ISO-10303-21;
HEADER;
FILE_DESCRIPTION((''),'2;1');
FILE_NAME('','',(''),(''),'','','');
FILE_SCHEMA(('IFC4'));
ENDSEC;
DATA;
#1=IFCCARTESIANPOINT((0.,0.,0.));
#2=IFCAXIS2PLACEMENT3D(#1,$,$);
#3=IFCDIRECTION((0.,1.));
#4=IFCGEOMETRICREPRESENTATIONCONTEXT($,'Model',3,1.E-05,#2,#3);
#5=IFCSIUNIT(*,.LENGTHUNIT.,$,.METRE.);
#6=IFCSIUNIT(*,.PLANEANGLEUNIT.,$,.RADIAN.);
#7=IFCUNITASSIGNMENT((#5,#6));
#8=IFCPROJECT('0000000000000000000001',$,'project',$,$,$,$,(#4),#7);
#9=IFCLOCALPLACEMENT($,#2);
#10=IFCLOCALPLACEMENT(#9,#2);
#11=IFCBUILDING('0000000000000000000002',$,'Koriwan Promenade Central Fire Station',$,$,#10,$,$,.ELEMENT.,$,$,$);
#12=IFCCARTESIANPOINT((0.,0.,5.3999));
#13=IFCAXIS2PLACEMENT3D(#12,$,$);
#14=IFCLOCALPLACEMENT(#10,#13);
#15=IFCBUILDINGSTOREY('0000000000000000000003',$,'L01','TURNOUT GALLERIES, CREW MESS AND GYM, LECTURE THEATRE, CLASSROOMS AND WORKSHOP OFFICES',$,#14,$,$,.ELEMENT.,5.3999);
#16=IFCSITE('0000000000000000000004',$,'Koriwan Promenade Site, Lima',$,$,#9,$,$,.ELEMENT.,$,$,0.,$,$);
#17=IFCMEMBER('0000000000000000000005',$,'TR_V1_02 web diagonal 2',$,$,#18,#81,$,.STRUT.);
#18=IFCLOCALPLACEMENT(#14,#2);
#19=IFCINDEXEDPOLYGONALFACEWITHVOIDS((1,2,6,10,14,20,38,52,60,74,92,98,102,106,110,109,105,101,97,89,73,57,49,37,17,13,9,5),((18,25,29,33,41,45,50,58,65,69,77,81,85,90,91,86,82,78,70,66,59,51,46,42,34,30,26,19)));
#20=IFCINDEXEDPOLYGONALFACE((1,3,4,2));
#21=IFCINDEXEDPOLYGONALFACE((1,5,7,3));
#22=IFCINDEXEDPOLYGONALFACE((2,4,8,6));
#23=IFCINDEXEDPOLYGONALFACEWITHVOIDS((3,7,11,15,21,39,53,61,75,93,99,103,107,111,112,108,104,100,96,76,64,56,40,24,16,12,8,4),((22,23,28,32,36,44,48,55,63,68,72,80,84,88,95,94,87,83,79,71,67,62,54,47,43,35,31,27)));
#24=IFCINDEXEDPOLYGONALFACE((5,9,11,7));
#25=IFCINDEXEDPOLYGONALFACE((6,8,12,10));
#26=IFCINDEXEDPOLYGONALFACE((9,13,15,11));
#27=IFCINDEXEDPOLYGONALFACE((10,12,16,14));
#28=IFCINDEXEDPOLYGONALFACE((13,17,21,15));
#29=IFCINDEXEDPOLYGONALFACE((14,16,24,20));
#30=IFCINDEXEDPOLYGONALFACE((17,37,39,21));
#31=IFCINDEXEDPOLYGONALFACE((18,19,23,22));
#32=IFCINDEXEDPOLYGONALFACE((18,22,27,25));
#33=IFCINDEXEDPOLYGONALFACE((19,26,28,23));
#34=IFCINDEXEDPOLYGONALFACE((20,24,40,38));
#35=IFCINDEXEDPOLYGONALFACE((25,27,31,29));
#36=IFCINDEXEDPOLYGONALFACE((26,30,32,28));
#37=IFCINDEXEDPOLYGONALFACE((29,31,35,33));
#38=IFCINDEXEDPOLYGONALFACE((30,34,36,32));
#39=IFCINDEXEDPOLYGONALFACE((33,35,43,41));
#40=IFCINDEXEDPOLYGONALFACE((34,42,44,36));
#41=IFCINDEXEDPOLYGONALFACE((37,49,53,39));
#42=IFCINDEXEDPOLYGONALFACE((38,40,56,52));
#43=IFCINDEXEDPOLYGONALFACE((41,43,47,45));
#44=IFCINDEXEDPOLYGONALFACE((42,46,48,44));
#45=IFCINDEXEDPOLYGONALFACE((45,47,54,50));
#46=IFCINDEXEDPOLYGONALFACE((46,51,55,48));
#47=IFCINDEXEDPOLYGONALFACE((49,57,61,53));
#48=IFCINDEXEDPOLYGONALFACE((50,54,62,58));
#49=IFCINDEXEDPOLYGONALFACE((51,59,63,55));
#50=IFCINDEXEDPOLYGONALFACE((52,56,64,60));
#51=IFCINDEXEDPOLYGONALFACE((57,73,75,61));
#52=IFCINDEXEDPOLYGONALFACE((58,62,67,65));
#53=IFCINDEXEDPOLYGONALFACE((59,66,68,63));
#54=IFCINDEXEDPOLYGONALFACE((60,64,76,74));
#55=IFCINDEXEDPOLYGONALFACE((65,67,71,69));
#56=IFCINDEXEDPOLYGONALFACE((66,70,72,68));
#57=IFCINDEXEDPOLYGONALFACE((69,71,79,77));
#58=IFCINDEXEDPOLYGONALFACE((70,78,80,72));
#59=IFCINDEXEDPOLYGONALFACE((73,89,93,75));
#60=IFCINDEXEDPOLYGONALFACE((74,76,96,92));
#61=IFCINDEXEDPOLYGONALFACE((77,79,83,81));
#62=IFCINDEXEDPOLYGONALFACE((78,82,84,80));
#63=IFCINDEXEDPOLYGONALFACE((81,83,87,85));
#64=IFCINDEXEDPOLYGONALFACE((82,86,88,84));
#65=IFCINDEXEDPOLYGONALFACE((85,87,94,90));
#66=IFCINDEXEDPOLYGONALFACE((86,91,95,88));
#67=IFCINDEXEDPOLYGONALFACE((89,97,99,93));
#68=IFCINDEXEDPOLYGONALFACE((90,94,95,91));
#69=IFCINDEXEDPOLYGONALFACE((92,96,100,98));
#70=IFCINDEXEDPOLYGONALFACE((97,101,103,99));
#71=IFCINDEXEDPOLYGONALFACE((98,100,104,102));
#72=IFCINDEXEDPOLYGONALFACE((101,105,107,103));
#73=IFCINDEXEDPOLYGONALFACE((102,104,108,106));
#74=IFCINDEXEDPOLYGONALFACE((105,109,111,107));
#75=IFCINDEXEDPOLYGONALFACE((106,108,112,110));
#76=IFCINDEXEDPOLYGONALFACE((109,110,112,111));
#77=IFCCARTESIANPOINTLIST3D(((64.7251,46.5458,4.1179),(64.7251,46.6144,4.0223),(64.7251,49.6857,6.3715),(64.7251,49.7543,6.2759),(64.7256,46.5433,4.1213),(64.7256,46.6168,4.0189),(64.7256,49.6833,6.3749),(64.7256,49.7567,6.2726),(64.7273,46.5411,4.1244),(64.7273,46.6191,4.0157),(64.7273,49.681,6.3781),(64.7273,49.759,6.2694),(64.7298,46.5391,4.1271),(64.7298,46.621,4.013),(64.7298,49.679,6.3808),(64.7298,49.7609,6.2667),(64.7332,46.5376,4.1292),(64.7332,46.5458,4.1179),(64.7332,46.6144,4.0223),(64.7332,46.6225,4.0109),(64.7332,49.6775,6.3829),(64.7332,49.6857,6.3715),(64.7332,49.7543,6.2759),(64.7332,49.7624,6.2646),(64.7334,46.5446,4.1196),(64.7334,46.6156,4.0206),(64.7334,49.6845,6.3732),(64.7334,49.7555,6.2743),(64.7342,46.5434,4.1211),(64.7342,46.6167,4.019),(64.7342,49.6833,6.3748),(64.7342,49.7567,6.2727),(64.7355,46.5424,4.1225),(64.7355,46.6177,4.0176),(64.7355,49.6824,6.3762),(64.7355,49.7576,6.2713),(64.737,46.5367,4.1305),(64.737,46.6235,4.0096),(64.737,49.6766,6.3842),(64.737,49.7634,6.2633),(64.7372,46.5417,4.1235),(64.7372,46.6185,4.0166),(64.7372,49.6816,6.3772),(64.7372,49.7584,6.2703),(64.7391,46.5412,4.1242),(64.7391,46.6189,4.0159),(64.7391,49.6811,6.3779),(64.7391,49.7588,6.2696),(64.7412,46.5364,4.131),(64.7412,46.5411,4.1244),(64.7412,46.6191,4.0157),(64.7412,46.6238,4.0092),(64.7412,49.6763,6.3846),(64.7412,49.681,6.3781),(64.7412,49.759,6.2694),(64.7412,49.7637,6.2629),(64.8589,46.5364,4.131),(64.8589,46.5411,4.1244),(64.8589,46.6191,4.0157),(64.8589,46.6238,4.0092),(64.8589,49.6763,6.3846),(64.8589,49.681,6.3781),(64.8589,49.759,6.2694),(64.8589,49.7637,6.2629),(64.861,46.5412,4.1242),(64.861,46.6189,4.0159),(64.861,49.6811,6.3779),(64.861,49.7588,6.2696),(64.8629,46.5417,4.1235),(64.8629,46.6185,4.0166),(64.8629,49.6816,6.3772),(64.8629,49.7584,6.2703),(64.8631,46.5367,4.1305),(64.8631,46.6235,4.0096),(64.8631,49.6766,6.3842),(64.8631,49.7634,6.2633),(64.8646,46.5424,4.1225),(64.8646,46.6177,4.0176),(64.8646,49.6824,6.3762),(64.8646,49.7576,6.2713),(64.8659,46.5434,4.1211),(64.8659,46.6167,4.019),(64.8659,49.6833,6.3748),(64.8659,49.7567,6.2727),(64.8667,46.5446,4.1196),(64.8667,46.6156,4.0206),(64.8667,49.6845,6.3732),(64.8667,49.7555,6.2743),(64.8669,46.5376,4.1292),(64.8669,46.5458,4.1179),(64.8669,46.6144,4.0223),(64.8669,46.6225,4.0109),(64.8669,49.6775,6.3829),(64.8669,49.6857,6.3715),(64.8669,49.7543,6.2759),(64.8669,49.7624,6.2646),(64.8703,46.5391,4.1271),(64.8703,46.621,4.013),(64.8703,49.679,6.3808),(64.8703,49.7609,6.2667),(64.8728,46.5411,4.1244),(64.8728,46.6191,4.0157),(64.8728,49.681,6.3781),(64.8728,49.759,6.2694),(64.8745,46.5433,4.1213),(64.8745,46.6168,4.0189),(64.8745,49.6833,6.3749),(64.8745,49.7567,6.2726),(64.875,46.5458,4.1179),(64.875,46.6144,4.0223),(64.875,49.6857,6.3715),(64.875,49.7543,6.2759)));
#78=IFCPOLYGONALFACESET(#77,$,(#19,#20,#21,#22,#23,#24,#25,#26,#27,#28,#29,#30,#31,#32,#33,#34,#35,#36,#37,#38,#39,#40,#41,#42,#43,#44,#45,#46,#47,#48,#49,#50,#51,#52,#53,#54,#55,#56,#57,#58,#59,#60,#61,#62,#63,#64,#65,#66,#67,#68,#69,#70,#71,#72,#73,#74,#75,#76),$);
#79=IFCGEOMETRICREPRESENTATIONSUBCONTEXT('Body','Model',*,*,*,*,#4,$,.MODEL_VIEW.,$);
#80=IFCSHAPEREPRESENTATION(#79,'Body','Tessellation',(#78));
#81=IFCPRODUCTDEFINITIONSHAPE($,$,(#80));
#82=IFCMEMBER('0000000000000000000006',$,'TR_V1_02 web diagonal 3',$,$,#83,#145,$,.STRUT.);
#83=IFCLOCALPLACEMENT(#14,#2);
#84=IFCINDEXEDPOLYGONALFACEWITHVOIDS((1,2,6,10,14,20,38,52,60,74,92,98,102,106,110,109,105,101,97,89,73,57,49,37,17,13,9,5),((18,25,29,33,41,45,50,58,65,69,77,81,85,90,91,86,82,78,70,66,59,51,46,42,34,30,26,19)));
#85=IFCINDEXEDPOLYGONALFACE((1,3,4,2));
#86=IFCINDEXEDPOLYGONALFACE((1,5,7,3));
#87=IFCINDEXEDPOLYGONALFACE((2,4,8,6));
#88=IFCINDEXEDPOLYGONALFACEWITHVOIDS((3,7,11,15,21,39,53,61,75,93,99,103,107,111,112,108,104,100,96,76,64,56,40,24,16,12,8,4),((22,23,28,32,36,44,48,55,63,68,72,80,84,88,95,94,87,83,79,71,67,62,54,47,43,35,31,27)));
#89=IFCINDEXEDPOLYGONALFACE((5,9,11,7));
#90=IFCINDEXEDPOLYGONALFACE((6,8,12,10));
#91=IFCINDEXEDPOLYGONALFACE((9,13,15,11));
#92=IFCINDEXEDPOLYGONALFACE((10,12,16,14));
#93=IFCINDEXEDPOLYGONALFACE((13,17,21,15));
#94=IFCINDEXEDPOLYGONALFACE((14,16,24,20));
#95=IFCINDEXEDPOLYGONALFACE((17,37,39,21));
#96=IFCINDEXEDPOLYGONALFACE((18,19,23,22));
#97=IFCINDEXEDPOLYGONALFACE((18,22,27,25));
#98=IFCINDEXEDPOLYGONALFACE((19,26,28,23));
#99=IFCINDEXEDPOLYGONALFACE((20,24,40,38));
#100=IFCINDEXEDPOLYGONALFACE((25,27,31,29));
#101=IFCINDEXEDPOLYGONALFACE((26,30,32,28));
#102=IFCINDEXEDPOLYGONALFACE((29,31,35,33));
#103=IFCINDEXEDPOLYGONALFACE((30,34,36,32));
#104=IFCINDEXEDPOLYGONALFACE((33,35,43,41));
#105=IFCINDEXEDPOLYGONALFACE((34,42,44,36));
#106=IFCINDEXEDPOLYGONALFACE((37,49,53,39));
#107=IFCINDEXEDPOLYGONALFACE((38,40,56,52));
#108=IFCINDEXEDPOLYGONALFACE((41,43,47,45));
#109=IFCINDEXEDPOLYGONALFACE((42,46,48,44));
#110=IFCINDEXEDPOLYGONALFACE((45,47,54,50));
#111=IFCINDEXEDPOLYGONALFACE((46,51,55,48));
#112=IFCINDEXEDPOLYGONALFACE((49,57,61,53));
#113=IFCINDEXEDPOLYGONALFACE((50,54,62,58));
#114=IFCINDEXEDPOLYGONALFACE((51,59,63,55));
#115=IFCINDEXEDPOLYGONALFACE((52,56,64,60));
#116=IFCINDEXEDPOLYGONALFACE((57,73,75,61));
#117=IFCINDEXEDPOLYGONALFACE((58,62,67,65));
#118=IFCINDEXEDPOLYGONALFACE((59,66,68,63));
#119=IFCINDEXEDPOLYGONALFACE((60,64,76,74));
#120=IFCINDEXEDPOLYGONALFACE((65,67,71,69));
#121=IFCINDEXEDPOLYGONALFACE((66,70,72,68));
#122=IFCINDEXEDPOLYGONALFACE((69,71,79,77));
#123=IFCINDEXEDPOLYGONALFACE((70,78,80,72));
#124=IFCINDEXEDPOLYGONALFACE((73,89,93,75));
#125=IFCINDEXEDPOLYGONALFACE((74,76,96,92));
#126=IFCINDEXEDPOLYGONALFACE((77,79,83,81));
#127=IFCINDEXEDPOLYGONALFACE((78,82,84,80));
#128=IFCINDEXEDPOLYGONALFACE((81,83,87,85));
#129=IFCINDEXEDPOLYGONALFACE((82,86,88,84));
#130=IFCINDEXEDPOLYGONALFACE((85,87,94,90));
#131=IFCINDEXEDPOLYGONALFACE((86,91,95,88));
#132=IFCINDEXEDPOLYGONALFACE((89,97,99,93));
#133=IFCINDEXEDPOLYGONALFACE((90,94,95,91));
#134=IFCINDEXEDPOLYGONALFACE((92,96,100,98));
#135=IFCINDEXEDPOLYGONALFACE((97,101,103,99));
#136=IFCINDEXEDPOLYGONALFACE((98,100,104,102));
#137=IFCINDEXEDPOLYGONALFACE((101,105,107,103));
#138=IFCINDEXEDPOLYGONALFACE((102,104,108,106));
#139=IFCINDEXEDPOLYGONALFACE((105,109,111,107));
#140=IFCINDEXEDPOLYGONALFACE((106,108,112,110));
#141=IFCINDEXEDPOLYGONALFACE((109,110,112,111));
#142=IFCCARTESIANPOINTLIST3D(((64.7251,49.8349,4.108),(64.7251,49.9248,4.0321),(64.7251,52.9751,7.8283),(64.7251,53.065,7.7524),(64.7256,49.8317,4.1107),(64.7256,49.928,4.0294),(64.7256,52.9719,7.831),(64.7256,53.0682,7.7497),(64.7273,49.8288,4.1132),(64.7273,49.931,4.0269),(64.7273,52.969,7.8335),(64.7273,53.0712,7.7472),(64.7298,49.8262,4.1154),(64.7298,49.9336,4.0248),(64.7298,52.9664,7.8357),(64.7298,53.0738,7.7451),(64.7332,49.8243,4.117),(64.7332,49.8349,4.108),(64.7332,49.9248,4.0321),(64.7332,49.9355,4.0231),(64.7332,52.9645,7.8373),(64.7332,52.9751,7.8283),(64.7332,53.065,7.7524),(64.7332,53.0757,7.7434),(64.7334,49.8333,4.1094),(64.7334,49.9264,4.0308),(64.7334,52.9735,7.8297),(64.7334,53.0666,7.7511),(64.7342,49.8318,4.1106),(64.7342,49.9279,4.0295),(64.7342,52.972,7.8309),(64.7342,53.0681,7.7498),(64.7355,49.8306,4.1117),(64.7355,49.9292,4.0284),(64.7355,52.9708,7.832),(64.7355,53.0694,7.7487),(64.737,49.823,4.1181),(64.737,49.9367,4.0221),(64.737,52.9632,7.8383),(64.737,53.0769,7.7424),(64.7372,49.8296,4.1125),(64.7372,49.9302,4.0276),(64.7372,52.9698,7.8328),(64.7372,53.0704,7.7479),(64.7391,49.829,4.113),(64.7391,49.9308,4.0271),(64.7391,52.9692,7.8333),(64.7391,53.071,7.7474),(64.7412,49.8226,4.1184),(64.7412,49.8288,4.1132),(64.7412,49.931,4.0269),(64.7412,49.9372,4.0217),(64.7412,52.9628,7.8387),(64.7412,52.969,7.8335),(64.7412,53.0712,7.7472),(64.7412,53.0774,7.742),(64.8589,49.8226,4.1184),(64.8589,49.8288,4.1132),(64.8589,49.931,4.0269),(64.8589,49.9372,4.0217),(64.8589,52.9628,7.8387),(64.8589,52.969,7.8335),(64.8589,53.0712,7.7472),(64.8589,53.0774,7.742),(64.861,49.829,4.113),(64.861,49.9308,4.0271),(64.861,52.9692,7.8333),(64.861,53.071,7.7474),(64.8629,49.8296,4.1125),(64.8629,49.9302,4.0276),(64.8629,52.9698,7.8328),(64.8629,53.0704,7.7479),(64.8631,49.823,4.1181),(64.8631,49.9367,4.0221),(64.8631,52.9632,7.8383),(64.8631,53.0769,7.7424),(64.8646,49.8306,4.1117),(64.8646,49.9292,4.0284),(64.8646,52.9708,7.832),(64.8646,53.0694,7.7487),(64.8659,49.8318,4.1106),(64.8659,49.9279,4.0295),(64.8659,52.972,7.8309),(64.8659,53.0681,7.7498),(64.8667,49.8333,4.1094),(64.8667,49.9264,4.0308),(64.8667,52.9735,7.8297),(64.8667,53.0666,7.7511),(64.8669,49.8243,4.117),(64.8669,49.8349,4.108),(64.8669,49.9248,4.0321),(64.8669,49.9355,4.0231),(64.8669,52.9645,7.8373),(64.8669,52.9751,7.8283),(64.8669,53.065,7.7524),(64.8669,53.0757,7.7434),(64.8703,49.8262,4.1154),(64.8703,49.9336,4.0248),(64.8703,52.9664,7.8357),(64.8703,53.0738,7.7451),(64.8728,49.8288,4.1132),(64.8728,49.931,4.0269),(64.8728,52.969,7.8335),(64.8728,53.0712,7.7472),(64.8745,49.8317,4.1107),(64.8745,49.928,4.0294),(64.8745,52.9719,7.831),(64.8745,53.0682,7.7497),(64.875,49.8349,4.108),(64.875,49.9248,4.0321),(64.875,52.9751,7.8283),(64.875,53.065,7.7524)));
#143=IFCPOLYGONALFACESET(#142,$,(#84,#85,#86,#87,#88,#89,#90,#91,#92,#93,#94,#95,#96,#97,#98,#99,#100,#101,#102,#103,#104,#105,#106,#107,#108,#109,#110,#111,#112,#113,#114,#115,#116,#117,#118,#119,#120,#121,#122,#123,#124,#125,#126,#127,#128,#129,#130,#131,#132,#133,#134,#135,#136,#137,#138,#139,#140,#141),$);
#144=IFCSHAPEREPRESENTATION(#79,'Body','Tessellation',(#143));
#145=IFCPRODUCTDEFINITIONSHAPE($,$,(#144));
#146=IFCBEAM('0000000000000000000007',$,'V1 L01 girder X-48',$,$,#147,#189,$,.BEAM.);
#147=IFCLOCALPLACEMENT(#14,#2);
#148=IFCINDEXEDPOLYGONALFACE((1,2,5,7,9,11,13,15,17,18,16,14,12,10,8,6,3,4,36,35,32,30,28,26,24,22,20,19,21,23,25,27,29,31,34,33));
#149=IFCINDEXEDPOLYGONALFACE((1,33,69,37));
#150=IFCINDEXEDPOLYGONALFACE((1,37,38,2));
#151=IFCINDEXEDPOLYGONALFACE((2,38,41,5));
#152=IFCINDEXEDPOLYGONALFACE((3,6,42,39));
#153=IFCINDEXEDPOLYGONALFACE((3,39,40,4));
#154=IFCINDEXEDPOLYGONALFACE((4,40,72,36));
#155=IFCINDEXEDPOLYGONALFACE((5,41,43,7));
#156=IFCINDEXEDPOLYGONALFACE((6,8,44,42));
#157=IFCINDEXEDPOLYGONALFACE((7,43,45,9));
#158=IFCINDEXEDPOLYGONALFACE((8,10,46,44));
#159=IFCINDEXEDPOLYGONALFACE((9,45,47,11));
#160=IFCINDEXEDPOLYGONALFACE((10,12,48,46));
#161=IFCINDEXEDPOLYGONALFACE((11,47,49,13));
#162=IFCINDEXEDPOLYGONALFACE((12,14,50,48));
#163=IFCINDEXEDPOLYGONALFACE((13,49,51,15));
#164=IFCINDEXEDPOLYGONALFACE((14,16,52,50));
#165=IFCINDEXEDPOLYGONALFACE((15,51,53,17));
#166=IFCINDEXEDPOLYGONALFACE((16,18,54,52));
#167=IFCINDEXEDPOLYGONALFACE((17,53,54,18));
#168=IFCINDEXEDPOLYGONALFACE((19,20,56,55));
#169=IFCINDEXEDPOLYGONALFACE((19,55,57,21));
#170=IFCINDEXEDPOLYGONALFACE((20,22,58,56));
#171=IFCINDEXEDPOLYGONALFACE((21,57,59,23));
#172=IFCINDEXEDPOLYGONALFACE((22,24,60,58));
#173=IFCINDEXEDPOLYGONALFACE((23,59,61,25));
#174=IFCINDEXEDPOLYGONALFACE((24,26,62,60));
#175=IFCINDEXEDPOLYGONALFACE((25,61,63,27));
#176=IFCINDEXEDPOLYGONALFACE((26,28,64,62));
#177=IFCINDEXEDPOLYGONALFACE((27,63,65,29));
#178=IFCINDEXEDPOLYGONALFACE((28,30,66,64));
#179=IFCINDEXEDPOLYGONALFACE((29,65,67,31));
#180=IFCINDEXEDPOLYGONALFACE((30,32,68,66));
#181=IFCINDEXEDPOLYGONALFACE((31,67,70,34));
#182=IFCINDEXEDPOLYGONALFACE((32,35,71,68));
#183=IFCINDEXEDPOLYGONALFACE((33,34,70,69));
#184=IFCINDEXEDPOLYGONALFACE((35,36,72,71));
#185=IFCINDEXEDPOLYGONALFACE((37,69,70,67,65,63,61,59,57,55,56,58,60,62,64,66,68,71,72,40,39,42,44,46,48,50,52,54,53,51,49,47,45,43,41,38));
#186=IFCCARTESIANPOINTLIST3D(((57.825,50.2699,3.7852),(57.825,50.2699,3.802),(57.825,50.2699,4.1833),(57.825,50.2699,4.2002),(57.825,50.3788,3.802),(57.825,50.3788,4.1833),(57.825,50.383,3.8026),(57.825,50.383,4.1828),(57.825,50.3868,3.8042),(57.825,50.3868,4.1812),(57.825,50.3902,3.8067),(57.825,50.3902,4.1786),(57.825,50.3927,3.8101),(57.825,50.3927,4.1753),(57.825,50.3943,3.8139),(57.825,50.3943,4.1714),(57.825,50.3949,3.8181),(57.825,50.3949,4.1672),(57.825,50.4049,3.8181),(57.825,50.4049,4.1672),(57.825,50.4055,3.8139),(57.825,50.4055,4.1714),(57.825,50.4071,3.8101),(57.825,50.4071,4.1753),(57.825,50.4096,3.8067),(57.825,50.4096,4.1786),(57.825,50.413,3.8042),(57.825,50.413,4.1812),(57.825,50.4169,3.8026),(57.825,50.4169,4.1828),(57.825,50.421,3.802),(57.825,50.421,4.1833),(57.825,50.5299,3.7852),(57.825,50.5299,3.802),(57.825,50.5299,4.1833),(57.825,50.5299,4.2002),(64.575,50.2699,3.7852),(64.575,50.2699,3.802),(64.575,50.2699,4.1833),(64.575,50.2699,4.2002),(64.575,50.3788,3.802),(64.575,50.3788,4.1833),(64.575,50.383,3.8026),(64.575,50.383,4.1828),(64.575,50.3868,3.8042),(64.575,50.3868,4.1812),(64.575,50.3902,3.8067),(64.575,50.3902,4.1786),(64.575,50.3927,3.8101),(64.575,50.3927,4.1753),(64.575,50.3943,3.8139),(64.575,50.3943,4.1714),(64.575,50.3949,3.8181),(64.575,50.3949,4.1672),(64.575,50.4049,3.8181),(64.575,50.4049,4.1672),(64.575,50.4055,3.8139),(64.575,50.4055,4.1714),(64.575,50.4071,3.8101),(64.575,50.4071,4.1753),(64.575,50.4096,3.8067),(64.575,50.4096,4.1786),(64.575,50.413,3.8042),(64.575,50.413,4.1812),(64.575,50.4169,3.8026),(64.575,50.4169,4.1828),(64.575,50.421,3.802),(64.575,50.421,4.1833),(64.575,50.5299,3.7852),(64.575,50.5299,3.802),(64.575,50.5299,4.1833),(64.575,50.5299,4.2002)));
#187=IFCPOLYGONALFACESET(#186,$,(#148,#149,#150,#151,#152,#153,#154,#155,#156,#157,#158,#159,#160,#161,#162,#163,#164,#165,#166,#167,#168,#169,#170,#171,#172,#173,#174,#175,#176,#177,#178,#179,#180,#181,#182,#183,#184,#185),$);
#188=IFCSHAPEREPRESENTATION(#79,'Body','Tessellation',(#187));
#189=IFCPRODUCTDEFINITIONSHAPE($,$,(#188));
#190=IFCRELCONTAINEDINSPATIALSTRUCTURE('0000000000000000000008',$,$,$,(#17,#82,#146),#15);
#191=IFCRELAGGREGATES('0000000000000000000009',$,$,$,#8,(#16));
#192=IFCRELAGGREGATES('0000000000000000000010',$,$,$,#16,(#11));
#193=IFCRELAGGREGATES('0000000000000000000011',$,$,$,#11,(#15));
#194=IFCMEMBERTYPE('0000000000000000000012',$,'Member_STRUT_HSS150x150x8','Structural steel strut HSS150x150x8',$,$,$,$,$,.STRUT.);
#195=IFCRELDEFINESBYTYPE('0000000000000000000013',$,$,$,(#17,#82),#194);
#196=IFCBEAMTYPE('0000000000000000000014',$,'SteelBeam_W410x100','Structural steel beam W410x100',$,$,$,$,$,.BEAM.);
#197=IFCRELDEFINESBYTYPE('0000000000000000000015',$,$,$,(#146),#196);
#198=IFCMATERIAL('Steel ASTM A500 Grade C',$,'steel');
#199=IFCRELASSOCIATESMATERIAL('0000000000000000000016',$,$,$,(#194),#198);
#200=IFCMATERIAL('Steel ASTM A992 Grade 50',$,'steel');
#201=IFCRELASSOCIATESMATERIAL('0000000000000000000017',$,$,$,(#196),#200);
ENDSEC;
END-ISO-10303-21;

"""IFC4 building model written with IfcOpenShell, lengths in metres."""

from ifc_helpers import new_model, si_unit, direction, frame, origin, origin_2d, place, context, subcontext, project, spatial, hollow_rectangle, i_section, extrude, material, material_profile, profile_set, type_object, element, save


model = new_model("IFC4")

# Units and contexts
model_context = context("Model", 3, precision=1e-05, world=origin(), true_north=direction((0.0, 1.0)))
body_context = subcontext(model_context, "Body", "Model", "MODEL_VIEW")
ifc_project = project(units=[si_unit("LENGTHUNIT", "METRE"), si_unit("PLANEANGLEUNIT", "RADIAN")], contexts=[model_context])

# Site, building, storey
site_placement = place(None, origin())
site = spatial("IfcSite", under=ifc_project, at=site_placement, Name="Koriwan Promenade Site, Lima", CompositionType="ELEMENT", RefElevation=0.0)
building_placement = place(site_placement, origin())
building = spatial("IfcBuilding", under=site, at=building_placement, Name="Koriwan Promenade Central Fire Station", CompositionType="ELEMENT")
storey_placement = place(building_placement, frame((0.0, 0.0, 5.3999)))
storey = spatial("IfcBuildingStorey", under=building, at=storey_placement, Name="L01", Description="TURNOUT GALLERIES, CREW MESS AND GYM, LECTURE THEATRE, CLASSROOMS AND WORKSHOP OFFICES", CompositionType="ELEMENT", Elevation=5.3999)

# Members
ifc_material_1 = material(Name="Steel ASTM A500 Grade C", Category="steel")
ifc_material_profile_1 = material_profile(ifc_material_1, hollow_rectangle(XDim=0.1499, YDim=0.1499, WallThickness=0.0081, InnerFilletRadius=0.0081, OuterFilletRadius=0.0161, at=origin_2d()), Name="HSS150x150x8")
ifc_profile_set_1 = profile_set([ifc_material_profile_1], Name="Steel ASTM A500 Grade C")
member_type_1 = type_object("IfcMemberType", Name="Member_STRUT_HSS150x150x8", Description="Structural steel strut HSS150x150x8", PredefinedType="STRUT", material=ifc_profile_set_1)
member_1_placement = place(storey_placement, frame((64.8, 46.5801, 4.0701), z_axis=(0.0, 0.8124, 0.583101), x_axis=(-1.0, 0.0, 0.0)))
element("IfcMember", 1, at=member_1_placement, inside=storey, type_object=member_type_1, Name="TR_V1_02 web diagonal 2", PredefinedType="STRUT", context=body_context, shape_type="SweptSolid", body=[
    extrude(hollow_rectangle(XDim=0.1499, YDim=0.1499, WallThickness=0.0081, InnerFilletRadius=0.0081, OuterFilletRadius=0.0161, at=origin_2d()), origin(), (0.0, 0.0, 1.0), 3.865),
])
member_2_placement = place(storey_placement, frame((64.8, 49.8799, 4.0701), z_axis=(0.0, 0.645016, 0.764169), x_axis=(-1.0, 0.0, 0.0)))
element("IfcMember", 2, at=member_2_placement, inside=storey, type_object=member_type_1, Name="TR_V1_02 web diagonal 3", PredefinedType="STRUT", context=body_context, shape_type="SweptSolid", body=[
    extrude(hollow_rectangle(XDim=0.1499, YDim=0.1499, WallThickness=0.0081, InnerFilletRadius=0.0081, OuterFilletRadius=0.0161, at=origin_2d()), origin(), (0.0, 0.0, 1.0), 4.8684),
])

# Beam
ifc_material_2 = material(Name="Steel ASTM A992 Grade 50", Category="steel")
ifc_material_profile_2 = material_profile(ifc_material_2, i_section(OverallWidth=0.26, OverallDepth=0.415, WebThickness=0.01, FlangeThickness=0.0168, FilletRadius=0.0161, at=origin_2d()), Name="W410x100")
ifc_profile_set_2 = profile_set([ifc_material_profile_2], Name="Steel ASTM A992 Grade 50")
beam_type_1 = type_object("IfcBeamType", Name="SteelBeam_W410x100", Description="Structural steel beam W410x100", PredefinedType="BEAM", material=ifc_profile_set_2)
beam_1_placement = place(storey_placement, frame((57.825, 50.3999, 3.9927), z_axis=(1.0, 0.0, 0.0), x_axis=(0.0, 1.0, 0.0)))
element("IfcBeam", 3, at=beam_1_placement, inside=storey, type_object=beam_type_1, Name="V1 L01 girder X-48", PredefinedType="BEAM", context=body_context, shape_type="SweptSolid", body=[
    extrude(i_section(OverallWidth=0.26, OverallDepth=0.415, WebThickness=0.01, FlangeThickness=0.0168, FilletRadius=0.0161, at=origin_2d()), origin(), (0.0, 0.0, 1.0), 6.75),
])

save(model, "model.ifc")
